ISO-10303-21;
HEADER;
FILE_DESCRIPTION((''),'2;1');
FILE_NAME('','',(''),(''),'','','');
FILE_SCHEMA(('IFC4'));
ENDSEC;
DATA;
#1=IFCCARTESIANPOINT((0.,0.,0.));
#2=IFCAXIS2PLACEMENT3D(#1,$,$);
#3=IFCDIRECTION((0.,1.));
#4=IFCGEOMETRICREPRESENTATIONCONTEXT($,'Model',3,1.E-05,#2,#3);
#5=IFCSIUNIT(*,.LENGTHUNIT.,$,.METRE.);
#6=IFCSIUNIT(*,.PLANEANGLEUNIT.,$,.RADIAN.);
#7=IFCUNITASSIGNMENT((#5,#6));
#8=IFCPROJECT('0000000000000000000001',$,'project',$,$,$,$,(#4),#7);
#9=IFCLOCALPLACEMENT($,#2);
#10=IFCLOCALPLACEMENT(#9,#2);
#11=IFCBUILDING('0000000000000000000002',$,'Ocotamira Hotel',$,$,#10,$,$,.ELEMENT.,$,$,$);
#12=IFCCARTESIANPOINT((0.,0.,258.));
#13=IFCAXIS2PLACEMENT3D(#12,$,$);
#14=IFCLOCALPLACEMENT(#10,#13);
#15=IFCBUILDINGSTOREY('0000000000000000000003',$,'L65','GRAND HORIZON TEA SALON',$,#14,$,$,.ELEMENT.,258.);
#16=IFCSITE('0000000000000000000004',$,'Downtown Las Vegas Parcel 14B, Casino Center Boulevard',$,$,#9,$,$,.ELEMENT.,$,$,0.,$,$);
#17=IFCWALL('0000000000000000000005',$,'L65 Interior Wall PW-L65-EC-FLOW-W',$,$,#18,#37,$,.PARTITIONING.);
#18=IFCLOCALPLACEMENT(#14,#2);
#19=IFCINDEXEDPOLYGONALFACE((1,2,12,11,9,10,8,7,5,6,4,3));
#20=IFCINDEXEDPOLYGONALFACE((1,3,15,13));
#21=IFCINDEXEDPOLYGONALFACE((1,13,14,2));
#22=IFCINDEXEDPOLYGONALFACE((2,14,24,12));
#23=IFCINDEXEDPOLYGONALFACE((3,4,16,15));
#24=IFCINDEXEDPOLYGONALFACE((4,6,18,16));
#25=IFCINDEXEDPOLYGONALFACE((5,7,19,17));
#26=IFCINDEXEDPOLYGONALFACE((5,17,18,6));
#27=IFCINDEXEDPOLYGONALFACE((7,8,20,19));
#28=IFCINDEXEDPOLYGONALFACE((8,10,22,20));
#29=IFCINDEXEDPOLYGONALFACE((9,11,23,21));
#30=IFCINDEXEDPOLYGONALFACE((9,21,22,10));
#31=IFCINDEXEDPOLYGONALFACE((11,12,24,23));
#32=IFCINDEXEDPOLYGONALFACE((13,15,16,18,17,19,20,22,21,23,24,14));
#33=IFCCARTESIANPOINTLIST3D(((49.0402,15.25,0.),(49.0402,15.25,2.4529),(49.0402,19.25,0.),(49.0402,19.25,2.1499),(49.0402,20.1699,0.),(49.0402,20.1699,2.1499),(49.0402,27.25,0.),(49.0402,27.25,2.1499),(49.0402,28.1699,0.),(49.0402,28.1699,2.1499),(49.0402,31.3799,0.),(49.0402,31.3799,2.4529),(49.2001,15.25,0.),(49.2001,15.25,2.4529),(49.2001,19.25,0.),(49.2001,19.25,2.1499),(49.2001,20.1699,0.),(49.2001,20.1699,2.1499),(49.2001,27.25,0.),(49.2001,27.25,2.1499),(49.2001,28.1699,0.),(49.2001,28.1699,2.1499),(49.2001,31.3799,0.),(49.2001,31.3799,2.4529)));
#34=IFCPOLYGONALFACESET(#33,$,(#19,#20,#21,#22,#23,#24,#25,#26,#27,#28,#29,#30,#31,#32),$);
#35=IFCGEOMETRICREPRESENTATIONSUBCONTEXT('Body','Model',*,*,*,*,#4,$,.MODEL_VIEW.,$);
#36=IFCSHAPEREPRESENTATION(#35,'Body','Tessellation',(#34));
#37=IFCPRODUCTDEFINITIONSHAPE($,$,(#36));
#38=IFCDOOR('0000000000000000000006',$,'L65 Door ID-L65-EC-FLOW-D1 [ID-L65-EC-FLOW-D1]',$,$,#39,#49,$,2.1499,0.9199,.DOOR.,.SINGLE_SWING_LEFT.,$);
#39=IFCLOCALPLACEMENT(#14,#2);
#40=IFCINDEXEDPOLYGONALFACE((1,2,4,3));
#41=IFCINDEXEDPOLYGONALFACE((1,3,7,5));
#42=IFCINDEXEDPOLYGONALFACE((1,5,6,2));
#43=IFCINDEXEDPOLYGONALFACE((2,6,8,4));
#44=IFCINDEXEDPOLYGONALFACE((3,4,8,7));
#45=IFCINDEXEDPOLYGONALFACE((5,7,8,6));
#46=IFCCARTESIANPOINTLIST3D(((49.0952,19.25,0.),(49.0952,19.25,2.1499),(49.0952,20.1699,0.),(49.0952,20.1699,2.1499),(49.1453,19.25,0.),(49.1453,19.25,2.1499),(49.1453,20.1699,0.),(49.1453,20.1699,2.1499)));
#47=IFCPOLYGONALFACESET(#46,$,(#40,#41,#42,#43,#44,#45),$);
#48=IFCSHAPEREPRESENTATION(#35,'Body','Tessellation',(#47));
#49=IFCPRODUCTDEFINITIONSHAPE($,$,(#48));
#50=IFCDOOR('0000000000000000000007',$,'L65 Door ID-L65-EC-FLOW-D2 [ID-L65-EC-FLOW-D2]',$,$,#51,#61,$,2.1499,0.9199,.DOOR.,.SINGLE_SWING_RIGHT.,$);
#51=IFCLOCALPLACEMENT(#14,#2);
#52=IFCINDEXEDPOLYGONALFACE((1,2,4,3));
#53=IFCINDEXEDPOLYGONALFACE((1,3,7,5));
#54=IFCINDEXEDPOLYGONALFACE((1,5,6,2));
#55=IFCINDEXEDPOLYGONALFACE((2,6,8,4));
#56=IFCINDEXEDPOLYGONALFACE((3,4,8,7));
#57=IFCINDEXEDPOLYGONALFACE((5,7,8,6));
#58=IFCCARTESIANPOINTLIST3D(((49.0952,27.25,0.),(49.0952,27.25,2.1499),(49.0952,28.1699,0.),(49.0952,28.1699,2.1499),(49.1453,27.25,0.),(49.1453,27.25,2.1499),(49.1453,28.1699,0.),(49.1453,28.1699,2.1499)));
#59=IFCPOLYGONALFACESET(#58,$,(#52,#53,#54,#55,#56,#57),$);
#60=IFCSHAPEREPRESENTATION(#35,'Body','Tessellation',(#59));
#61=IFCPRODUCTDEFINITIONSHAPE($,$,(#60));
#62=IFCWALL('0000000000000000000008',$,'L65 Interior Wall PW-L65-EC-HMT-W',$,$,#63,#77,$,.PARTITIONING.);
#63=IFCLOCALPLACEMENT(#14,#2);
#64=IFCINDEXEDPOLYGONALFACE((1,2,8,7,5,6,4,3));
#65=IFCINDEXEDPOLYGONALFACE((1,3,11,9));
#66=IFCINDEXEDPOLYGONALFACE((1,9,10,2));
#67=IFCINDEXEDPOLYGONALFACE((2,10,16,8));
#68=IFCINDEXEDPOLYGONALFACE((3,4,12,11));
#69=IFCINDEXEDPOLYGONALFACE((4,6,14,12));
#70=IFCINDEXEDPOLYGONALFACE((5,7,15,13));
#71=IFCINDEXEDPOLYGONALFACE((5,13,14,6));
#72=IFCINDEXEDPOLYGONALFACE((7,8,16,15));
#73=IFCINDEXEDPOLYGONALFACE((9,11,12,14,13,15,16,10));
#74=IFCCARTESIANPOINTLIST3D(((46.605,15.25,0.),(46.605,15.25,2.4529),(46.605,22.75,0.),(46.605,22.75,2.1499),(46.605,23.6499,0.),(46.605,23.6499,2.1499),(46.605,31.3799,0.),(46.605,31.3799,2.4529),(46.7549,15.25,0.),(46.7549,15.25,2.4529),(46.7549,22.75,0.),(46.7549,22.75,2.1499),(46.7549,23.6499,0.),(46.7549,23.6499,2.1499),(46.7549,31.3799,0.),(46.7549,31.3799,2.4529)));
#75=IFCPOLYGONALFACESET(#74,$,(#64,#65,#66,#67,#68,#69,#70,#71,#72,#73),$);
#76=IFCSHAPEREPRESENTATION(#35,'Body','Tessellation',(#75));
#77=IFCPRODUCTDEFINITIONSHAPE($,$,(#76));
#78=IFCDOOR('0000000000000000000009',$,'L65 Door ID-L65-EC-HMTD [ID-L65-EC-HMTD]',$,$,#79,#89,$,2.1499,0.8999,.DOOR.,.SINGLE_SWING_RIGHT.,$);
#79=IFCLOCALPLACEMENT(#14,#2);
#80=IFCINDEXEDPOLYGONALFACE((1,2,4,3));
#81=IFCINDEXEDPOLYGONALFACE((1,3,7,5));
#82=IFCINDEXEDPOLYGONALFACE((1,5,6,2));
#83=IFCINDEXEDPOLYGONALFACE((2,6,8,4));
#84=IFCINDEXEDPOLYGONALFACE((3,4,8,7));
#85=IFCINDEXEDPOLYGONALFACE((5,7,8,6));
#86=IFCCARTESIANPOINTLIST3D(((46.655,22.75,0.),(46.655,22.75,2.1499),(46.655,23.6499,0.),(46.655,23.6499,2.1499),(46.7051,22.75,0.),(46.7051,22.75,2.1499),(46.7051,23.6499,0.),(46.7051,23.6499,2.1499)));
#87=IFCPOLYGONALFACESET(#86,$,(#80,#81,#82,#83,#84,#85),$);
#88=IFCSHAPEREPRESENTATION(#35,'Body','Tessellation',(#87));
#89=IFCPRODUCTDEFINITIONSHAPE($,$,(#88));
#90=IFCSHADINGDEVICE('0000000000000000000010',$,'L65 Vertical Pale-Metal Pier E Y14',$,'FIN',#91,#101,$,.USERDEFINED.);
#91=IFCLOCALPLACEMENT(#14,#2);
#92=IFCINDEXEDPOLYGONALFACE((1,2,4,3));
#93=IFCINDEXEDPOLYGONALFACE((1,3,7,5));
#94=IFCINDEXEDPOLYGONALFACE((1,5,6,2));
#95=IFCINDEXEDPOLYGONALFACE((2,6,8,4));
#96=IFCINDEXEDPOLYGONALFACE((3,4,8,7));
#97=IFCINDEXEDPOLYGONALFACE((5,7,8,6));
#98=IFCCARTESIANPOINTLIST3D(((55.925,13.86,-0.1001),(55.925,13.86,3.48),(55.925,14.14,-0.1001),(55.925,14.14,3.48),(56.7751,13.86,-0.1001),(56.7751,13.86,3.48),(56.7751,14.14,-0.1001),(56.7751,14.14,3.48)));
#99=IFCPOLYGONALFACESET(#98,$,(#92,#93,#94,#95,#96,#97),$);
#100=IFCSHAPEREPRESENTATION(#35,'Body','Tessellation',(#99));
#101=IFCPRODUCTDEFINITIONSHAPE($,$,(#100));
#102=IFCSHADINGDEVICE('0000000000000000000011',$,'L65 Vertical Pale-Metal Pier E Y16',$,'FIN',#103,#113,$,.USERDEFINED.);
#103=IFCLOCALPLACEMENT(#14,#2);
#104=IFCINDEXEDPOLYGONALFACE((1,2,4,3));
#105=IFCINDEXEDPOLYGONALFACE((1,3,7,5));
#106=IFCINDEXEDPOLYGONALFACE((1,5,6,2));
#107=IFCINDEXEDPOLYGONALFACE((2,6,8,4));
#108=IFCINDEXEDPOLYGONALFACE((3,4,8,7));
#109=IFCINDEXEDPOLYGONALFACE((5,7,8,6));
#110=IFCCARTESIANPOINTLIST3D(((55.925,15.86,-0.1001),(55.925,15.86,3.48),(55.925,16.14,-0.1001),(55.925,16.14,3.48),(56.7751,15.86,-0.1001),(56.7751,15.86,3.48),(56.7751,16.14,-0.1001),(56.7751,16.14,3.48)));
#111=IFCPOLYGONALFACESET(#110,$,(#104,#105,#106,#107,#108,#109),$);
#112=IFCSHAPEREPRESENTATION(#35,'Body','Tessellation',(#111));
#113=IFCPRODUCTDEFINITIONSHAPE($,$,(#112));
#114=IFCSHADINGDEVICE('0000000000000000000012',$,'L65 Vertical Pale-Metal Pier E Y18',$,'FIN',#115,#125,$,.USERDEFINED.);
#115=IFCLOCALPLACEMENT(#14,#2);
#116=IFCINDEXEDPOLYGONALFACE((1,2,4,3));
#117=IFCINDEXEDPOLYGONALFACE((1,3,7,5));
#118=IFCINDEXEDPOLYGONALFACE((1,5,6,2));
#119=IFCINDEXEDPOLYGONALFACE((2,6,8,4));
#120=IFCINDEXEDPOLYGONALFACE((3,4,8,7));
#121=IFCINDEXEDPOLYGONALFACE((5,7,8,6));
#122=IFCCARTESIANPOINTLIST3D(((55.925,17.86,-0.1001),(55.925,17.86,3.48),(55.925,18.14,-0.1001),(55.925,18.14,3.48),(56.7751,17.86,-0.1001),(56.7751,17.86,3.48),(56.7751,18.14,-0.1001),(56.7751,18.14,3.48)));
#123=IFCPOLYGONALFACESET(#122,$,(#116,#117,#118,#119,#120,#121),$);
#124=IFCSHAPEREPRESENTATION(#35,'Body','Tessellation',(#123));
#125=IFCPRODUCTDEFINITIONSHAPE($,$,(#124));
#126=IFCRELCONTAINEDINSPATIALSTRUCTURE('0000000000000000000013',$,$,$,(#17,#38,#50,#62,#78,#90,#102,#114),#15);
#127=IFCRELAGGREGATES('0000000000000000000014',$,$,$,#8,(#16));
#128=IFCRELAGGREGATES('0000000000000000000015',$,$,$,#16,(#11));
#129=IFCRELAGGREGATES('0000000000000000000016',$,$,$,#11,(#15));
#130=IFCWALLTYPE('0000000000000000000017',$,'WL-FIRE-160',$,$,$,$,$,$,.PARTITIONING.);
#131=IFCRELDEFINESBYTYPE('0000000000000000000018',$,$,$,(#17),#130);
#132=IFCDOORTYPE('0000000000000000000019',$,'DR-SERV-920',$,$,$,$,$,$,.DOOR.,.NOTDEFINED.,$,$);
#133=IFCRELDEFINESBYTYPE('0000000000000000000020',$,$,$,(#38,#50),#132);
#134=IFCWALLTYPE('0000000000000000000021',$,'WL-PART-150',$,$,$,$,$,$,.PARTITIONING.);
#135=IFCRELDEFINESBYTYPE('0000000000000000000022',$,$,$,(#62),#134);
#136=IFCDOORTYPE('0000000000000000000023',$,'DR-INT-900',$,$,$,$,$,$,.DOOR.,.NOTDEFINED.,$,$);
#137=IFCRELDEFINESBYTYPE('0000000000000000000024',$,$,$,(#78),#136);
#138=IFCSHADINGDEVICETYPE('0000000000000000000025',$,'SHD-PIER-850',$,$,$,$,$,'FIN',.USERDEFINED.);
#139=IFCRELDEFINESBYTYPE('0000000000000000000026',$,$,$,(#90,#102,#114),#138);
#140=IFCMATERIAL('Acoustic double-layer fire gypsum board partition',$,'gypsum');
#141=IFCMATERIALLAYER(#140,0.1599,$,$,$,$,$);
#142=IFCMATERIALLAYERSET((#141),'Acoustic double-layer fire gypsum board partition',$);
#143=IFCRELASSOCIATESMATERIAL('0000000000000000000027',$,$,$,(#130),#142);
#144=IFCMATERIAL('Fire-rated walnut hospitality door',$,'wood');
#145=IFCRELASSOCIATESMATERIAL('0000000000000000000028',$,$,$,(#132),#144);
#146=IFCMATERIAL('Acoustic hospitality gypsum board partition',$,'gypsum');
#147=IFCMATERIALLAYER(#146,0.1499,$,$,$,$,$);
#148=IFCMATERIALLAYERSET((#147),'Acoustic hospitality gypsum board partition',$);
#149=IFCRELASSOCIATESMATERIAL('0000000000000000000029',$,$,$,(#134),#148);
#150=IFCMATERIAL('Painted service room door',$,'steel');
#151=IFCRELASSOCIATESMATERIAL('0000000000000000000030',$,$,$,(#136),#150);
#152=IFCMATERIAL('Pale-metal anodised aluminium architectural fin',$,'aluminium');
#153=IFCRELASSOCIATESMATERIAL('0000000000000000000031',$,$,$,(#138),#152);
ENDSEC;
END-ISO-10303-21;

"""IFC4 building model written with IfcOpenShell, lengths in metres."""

from ifc_helpers import new_model, si_unit, direction, frame, frame_2d, origin, origin_2d, place, context, subcontext, project, spatial, rectangle, extrude, source, transform, mapped, material, layer, layer_set, type_object, element, fill, save


model = new_model("IFC4")

# Units and contexts
model_context = context("Model", 3, precision=1e-05, world=origin(), true_north=direction((0.0, 1.0)))
body_context = subcontext(model_context, "Body", "Model", "MODEL_VIEW")
ifc_project = project(units=[si_unit("LENGTHUNIT", "METRE"), si_unit("PLANEANGLEUNIT", "RADIAN")], contexts=[model_context])

# Site, building, storey
site_placement = place(None, origin())
site = spatial("IfcSite", under=ifc_project, at=site_placement, Name="Downtown Las Vegas Parcel 14B, Casino Center Boulevard", CompositionType="ELEMENT", RefElevation=0.0)
building_placement = place(site_placement, origin())
building = spatial("IfcBuilding", under=site, at=building_placement, Name="Ocotamira Hotel", CompositionType="ELEMENT")
storey_placement = place(building_placement, frame((0.0, 0.0, 258.0)))
storey = spatial("IfcBuildingStorey", under=building, at=storey_placement, Name="L65", Description="GRAND HORIZON TEA SALON", CompositionType="ELEMENT", Elevation=258.0)

# Wall, openings, doors
ifc_material_1 = material(Name="Acoustic double-layer fire gypsum board partition", Category="gypsum")
ifc_layer_1 = layer(ifc_material_1, 0.1599)
ifc_layer_set_1 = layer_set([ifc_layer_1], Name="Acoustic double-layer fire gypsum board partition")
wall_type_1 = type_object("IfcWallType", Name="WL-FIRE-160", PredefinedType="PARTITIONING", material=ifc_layer_set_1)
wall_1_placement = place(storey_placement, frame((49.1201, 15.25, 0.0), z_axis=(0.0, 0.0, 1.0), x_axis=(0.0, 1.0, 0.0)))
wall_1 = element("IfcWall", 1, at=wall_1_placement, inside=storey, type_object=wall_type_1, Name="L65 Interior Wall PW-L65-EC-FLOW-W", PredefinedType="PARTITIONING", context=body_context, shape_type="SweptSolid", body=[
    extrude(rectangle(XDim=16.1299, YDim=0.1599, at=frame_2d((8.0649, 0.0))), origin(), (0.0, 0.0, 1.0), 2.4529),
])
opening_1_placement = place(wall_1_placement, frame((4.0, 0.0, 0.0)))
opening_1 = element("IfcOpeningElement", 2, at=opening_1_placement, cuts=wall_1, PredefinedType="OPENING", context=body_context, shape_type="SweptSolid", body=[
    extrude(rectangle(XDim=0.9199, YDim=2.1499, at=frame_2d((0.46, 1.075))), frame((0.0, 0.0898, 0.0), z_axis=(0.0, -1.0, 0.0), x_axis=(1.0, 0.0, 0.0)), (0.0, 0.0, 1.0), 0.1799),
])
opening_2_placement = place(wall_1_placement, frame((12.0, 0.0, 0.0)))
opening_2 = element("IfcOpeningElement", 3, at=opening_2_placement, cuts=wall_1, PredefinedType="OPENING", context=body_context, shape_type="SweptSolid", body=[
    extrude(rectangle(XDim=0.9199, YDim=2.1499, at=frame_2d((0.46, 1.075))), frame((0.0, 0.0898, 0.0), z_axis=(0.0, -1.0, 0.0), x_axis=(1.0, 0.0, 0.0)), (0.0, 0.0, 1.0), 0.1799),
])
ifc_material_2 = material(Name="Fire-rated walnut hospitality door", Category="wood")
door_type_1 = type_object("IfcDoorType", Name="DR-SERV-920", OperationType="NOTDEFINED", PredefinedType="DOOR", material=ifc_material_2)
shared_shape_1 = source(origin(), body_context, "Body", "SweptSolid", [
    extrude(rectangle(XDim=0.9199, YDim=2.1499, at=frame_2d((0.46, 1.075))), frame((0.0, 0.0249, 0.0), z_axis=(0.0, -1.0, 0.0), x_axis=(1.0, 0.0, 0.0)), (0.0, 0.0, 1.0), 0.05),
])
door_1_placement = place(opening_1_placement, origin())
door_1 = element("IfcDoor", 4, at=door_1_placement, inside=storey, type_object=door_type_1, Name="L65 Door ID-L65-EC-FLOW-D1 [ID-L65-EC-FLOW-D1]", OperationType="SINGLE_SWING_LEFT", OverallHeight=2.1499, OverallWidth=0.9199, PredefinedType="DOOR", context=body_context, shape_type="MappedRepresentation", body=[
    mapped(shared_shape_1, transform((0.0, 0.0, 0.0), scale=1.0)),
])
fill(opening_1, door_1)
door_2_placement = place(opening_2_placement, origin())
door_2 = element("IfcDoor", 5, at=door_2_placement, inside=storey, type_object=door_type_1, Name="L65 Door ID-L65-EC-FLOW-D2 [ID-L65-EC-FLOW-D2]", OperationType="SINGLE_SWING_RIGHT", OverallHeight=2.1499, OverallWidth=0.9199, PredefinedType="DOOR", context=body_context, shape_type="MappedRepresentation", body=[
    mapped(shared_shape_1, transform((0.0, 0.0, 0.0), scale=1.0)),
])
fill(opening_2, door_2)

# Wall, opening, door
ifc_material_3 = material(Name="Acoustic hospitality gypsum board partition", Category="gypsum")
ifc_layer_2 = layer(ifc_material_3, 0.1499)
ifc_layer_set_2 = layer_set([ifc_layer_2], Name="Acoustic hospitality gypsum board partition")
wall_type_2 = type_object("IfcWallType", Name="WL-PART-150", PredefinedType="PARTITIONING", material=ifc_layer_set_2)
wall_2_placement = place(storey_placement, frame((46.6799, 15.25, 0.0), z_axis=(0.0, 0.0, 1.0), x_axis=(0.0, 1.0, 0.0)))
wall_2 = element("IfcWall", 6, at=wall_2_placement, inside=storey, type_object=wall_type_2, Name="L65 Interior Wall PW-L65-EC-HMT-W", PredefinedType="PARTITIONING", context=body_context, shape_type="SweptSolid", body=[
    extrude(rectangle(XDim=16.1299, YDim=0.1499, at=frame_2d((8.0649, 0.0))), origin(), (0.0, 0.0, 1.0), 2.4529),
])
opening_3_placement = place(wall_2_placement, frame((7.5, 0.0, 0.0)))
opening_3 = element("IfcOpeningElement", 7, at=opening_3_placement, cuts=wall_2, PredefinedType="OPENING", context=body_context, shape_type="SweptSolid", body=[
    extrude(rectangle(XDim=0.8999, YDim=2.1499, at=frame_2d((0.45, 1.075))), frame((0.0, 0.085, 0.0), z_axis=(0.0, -1.0, 0.0), x_axis=(1.0, 0.0, 0.0)), (0.0, 0.0, 1.0), 0.1699),
])
ifc_material_4 = material(Name="Painted service room door", Category="steel")
door_type_2 = type_object("IfcDoorType", Name="DR-INT-900", OperationType="NOTDEFINED", PredefinedType="DOOR", material=ifc_material_4)
shared_shape_2 = source(origin(), body_context, "Body", "SweptSolid", [
    extrude(rectangle(XDim=0.8999, YDim=2.1499, at=frame_2d((0.45, 1.075))), frame((0.0, 0.0249, 0.0), z_axis=(0.0, -1.0, 0.0), x_axis=(1.0, 0.0, 0.0)), (0.0, 0.0, 1.0), 0.05),
])
door_3_placement = place(opening_3_placement, origin())
door_3 = element("IfcDoor", 8, at=door_3_placement, inside=storey, type_object=door_type_2, Name="L65 Door ID-L65-EC-HMTD [ID-L65-EC-HMTD]", OperationType="SINGLE_SWING_RIGHT", OverallHeight=2.1499, OverallWidth=0.8999, PredefinedType="DOOR", context=body_context, shape_type="MappedRepresentation", body=[
    mapped(shared_shape_2, transform((0.0, 0.0, 0.0), scale=1.0)),
])
fill(opening_3, door_3)

# Shading devices
ifc_material_5 = material(Name="Pale-metal anodised aluminium architectural fin", Category="aluminium")
shading_device_type = type_object("IfcShadingDeviceType", Name="SHD-PIER-850", ElementType="FIN", PredefinedType="USERDEFINED", material=ifc_material_5)
shared_shape_3 = source(origin(), body_context, "Body", "SweptSolid", [
    extrude(rectangle(XDim=0.8501, YDim=0.28, at=origin_2d()), origin(), (0.0, 0.0, 1.0), 3.5801),
])
for number, where, z_axis, x_axis, name in (
    (9, (56.3501, 14.0, -0.1001), (0.0, 0.0, 1.0), (1.0, 0.0, 0.0), "L65 Vertical Pale-Metal Pier E Y14"),
    (10, (56.3501, 16.0, -0.1001), (0.0, 0.0, 1.0), (1.0, 0.0, 0.0), "L65 Vertical Pale-Metal Pier E Y16"),
    (11, (56.3501, 18.0, -0.1001), (0.0, 0.0, 1.0), (1.0, 0.0, 0.0), "L65 Vertical Pale-Metal Pier E Y18"),
):
    element("IfcShadingDevice", number, at=place(storey_placement, frame(where, z_axis=z_axis, x_axis=x_axis)), inside=storey, type_object=shading_device_type, Name=name, ObjectType="FIN", PredefinedType="USERDEFINED", context=body_context, shape_type="MappedRepresentation", body=[
        mapped(shared_shape_3, transform((0.0, 0.0, 0.0), scale=1.0)),
    ])

save(model, "model.ifc")
